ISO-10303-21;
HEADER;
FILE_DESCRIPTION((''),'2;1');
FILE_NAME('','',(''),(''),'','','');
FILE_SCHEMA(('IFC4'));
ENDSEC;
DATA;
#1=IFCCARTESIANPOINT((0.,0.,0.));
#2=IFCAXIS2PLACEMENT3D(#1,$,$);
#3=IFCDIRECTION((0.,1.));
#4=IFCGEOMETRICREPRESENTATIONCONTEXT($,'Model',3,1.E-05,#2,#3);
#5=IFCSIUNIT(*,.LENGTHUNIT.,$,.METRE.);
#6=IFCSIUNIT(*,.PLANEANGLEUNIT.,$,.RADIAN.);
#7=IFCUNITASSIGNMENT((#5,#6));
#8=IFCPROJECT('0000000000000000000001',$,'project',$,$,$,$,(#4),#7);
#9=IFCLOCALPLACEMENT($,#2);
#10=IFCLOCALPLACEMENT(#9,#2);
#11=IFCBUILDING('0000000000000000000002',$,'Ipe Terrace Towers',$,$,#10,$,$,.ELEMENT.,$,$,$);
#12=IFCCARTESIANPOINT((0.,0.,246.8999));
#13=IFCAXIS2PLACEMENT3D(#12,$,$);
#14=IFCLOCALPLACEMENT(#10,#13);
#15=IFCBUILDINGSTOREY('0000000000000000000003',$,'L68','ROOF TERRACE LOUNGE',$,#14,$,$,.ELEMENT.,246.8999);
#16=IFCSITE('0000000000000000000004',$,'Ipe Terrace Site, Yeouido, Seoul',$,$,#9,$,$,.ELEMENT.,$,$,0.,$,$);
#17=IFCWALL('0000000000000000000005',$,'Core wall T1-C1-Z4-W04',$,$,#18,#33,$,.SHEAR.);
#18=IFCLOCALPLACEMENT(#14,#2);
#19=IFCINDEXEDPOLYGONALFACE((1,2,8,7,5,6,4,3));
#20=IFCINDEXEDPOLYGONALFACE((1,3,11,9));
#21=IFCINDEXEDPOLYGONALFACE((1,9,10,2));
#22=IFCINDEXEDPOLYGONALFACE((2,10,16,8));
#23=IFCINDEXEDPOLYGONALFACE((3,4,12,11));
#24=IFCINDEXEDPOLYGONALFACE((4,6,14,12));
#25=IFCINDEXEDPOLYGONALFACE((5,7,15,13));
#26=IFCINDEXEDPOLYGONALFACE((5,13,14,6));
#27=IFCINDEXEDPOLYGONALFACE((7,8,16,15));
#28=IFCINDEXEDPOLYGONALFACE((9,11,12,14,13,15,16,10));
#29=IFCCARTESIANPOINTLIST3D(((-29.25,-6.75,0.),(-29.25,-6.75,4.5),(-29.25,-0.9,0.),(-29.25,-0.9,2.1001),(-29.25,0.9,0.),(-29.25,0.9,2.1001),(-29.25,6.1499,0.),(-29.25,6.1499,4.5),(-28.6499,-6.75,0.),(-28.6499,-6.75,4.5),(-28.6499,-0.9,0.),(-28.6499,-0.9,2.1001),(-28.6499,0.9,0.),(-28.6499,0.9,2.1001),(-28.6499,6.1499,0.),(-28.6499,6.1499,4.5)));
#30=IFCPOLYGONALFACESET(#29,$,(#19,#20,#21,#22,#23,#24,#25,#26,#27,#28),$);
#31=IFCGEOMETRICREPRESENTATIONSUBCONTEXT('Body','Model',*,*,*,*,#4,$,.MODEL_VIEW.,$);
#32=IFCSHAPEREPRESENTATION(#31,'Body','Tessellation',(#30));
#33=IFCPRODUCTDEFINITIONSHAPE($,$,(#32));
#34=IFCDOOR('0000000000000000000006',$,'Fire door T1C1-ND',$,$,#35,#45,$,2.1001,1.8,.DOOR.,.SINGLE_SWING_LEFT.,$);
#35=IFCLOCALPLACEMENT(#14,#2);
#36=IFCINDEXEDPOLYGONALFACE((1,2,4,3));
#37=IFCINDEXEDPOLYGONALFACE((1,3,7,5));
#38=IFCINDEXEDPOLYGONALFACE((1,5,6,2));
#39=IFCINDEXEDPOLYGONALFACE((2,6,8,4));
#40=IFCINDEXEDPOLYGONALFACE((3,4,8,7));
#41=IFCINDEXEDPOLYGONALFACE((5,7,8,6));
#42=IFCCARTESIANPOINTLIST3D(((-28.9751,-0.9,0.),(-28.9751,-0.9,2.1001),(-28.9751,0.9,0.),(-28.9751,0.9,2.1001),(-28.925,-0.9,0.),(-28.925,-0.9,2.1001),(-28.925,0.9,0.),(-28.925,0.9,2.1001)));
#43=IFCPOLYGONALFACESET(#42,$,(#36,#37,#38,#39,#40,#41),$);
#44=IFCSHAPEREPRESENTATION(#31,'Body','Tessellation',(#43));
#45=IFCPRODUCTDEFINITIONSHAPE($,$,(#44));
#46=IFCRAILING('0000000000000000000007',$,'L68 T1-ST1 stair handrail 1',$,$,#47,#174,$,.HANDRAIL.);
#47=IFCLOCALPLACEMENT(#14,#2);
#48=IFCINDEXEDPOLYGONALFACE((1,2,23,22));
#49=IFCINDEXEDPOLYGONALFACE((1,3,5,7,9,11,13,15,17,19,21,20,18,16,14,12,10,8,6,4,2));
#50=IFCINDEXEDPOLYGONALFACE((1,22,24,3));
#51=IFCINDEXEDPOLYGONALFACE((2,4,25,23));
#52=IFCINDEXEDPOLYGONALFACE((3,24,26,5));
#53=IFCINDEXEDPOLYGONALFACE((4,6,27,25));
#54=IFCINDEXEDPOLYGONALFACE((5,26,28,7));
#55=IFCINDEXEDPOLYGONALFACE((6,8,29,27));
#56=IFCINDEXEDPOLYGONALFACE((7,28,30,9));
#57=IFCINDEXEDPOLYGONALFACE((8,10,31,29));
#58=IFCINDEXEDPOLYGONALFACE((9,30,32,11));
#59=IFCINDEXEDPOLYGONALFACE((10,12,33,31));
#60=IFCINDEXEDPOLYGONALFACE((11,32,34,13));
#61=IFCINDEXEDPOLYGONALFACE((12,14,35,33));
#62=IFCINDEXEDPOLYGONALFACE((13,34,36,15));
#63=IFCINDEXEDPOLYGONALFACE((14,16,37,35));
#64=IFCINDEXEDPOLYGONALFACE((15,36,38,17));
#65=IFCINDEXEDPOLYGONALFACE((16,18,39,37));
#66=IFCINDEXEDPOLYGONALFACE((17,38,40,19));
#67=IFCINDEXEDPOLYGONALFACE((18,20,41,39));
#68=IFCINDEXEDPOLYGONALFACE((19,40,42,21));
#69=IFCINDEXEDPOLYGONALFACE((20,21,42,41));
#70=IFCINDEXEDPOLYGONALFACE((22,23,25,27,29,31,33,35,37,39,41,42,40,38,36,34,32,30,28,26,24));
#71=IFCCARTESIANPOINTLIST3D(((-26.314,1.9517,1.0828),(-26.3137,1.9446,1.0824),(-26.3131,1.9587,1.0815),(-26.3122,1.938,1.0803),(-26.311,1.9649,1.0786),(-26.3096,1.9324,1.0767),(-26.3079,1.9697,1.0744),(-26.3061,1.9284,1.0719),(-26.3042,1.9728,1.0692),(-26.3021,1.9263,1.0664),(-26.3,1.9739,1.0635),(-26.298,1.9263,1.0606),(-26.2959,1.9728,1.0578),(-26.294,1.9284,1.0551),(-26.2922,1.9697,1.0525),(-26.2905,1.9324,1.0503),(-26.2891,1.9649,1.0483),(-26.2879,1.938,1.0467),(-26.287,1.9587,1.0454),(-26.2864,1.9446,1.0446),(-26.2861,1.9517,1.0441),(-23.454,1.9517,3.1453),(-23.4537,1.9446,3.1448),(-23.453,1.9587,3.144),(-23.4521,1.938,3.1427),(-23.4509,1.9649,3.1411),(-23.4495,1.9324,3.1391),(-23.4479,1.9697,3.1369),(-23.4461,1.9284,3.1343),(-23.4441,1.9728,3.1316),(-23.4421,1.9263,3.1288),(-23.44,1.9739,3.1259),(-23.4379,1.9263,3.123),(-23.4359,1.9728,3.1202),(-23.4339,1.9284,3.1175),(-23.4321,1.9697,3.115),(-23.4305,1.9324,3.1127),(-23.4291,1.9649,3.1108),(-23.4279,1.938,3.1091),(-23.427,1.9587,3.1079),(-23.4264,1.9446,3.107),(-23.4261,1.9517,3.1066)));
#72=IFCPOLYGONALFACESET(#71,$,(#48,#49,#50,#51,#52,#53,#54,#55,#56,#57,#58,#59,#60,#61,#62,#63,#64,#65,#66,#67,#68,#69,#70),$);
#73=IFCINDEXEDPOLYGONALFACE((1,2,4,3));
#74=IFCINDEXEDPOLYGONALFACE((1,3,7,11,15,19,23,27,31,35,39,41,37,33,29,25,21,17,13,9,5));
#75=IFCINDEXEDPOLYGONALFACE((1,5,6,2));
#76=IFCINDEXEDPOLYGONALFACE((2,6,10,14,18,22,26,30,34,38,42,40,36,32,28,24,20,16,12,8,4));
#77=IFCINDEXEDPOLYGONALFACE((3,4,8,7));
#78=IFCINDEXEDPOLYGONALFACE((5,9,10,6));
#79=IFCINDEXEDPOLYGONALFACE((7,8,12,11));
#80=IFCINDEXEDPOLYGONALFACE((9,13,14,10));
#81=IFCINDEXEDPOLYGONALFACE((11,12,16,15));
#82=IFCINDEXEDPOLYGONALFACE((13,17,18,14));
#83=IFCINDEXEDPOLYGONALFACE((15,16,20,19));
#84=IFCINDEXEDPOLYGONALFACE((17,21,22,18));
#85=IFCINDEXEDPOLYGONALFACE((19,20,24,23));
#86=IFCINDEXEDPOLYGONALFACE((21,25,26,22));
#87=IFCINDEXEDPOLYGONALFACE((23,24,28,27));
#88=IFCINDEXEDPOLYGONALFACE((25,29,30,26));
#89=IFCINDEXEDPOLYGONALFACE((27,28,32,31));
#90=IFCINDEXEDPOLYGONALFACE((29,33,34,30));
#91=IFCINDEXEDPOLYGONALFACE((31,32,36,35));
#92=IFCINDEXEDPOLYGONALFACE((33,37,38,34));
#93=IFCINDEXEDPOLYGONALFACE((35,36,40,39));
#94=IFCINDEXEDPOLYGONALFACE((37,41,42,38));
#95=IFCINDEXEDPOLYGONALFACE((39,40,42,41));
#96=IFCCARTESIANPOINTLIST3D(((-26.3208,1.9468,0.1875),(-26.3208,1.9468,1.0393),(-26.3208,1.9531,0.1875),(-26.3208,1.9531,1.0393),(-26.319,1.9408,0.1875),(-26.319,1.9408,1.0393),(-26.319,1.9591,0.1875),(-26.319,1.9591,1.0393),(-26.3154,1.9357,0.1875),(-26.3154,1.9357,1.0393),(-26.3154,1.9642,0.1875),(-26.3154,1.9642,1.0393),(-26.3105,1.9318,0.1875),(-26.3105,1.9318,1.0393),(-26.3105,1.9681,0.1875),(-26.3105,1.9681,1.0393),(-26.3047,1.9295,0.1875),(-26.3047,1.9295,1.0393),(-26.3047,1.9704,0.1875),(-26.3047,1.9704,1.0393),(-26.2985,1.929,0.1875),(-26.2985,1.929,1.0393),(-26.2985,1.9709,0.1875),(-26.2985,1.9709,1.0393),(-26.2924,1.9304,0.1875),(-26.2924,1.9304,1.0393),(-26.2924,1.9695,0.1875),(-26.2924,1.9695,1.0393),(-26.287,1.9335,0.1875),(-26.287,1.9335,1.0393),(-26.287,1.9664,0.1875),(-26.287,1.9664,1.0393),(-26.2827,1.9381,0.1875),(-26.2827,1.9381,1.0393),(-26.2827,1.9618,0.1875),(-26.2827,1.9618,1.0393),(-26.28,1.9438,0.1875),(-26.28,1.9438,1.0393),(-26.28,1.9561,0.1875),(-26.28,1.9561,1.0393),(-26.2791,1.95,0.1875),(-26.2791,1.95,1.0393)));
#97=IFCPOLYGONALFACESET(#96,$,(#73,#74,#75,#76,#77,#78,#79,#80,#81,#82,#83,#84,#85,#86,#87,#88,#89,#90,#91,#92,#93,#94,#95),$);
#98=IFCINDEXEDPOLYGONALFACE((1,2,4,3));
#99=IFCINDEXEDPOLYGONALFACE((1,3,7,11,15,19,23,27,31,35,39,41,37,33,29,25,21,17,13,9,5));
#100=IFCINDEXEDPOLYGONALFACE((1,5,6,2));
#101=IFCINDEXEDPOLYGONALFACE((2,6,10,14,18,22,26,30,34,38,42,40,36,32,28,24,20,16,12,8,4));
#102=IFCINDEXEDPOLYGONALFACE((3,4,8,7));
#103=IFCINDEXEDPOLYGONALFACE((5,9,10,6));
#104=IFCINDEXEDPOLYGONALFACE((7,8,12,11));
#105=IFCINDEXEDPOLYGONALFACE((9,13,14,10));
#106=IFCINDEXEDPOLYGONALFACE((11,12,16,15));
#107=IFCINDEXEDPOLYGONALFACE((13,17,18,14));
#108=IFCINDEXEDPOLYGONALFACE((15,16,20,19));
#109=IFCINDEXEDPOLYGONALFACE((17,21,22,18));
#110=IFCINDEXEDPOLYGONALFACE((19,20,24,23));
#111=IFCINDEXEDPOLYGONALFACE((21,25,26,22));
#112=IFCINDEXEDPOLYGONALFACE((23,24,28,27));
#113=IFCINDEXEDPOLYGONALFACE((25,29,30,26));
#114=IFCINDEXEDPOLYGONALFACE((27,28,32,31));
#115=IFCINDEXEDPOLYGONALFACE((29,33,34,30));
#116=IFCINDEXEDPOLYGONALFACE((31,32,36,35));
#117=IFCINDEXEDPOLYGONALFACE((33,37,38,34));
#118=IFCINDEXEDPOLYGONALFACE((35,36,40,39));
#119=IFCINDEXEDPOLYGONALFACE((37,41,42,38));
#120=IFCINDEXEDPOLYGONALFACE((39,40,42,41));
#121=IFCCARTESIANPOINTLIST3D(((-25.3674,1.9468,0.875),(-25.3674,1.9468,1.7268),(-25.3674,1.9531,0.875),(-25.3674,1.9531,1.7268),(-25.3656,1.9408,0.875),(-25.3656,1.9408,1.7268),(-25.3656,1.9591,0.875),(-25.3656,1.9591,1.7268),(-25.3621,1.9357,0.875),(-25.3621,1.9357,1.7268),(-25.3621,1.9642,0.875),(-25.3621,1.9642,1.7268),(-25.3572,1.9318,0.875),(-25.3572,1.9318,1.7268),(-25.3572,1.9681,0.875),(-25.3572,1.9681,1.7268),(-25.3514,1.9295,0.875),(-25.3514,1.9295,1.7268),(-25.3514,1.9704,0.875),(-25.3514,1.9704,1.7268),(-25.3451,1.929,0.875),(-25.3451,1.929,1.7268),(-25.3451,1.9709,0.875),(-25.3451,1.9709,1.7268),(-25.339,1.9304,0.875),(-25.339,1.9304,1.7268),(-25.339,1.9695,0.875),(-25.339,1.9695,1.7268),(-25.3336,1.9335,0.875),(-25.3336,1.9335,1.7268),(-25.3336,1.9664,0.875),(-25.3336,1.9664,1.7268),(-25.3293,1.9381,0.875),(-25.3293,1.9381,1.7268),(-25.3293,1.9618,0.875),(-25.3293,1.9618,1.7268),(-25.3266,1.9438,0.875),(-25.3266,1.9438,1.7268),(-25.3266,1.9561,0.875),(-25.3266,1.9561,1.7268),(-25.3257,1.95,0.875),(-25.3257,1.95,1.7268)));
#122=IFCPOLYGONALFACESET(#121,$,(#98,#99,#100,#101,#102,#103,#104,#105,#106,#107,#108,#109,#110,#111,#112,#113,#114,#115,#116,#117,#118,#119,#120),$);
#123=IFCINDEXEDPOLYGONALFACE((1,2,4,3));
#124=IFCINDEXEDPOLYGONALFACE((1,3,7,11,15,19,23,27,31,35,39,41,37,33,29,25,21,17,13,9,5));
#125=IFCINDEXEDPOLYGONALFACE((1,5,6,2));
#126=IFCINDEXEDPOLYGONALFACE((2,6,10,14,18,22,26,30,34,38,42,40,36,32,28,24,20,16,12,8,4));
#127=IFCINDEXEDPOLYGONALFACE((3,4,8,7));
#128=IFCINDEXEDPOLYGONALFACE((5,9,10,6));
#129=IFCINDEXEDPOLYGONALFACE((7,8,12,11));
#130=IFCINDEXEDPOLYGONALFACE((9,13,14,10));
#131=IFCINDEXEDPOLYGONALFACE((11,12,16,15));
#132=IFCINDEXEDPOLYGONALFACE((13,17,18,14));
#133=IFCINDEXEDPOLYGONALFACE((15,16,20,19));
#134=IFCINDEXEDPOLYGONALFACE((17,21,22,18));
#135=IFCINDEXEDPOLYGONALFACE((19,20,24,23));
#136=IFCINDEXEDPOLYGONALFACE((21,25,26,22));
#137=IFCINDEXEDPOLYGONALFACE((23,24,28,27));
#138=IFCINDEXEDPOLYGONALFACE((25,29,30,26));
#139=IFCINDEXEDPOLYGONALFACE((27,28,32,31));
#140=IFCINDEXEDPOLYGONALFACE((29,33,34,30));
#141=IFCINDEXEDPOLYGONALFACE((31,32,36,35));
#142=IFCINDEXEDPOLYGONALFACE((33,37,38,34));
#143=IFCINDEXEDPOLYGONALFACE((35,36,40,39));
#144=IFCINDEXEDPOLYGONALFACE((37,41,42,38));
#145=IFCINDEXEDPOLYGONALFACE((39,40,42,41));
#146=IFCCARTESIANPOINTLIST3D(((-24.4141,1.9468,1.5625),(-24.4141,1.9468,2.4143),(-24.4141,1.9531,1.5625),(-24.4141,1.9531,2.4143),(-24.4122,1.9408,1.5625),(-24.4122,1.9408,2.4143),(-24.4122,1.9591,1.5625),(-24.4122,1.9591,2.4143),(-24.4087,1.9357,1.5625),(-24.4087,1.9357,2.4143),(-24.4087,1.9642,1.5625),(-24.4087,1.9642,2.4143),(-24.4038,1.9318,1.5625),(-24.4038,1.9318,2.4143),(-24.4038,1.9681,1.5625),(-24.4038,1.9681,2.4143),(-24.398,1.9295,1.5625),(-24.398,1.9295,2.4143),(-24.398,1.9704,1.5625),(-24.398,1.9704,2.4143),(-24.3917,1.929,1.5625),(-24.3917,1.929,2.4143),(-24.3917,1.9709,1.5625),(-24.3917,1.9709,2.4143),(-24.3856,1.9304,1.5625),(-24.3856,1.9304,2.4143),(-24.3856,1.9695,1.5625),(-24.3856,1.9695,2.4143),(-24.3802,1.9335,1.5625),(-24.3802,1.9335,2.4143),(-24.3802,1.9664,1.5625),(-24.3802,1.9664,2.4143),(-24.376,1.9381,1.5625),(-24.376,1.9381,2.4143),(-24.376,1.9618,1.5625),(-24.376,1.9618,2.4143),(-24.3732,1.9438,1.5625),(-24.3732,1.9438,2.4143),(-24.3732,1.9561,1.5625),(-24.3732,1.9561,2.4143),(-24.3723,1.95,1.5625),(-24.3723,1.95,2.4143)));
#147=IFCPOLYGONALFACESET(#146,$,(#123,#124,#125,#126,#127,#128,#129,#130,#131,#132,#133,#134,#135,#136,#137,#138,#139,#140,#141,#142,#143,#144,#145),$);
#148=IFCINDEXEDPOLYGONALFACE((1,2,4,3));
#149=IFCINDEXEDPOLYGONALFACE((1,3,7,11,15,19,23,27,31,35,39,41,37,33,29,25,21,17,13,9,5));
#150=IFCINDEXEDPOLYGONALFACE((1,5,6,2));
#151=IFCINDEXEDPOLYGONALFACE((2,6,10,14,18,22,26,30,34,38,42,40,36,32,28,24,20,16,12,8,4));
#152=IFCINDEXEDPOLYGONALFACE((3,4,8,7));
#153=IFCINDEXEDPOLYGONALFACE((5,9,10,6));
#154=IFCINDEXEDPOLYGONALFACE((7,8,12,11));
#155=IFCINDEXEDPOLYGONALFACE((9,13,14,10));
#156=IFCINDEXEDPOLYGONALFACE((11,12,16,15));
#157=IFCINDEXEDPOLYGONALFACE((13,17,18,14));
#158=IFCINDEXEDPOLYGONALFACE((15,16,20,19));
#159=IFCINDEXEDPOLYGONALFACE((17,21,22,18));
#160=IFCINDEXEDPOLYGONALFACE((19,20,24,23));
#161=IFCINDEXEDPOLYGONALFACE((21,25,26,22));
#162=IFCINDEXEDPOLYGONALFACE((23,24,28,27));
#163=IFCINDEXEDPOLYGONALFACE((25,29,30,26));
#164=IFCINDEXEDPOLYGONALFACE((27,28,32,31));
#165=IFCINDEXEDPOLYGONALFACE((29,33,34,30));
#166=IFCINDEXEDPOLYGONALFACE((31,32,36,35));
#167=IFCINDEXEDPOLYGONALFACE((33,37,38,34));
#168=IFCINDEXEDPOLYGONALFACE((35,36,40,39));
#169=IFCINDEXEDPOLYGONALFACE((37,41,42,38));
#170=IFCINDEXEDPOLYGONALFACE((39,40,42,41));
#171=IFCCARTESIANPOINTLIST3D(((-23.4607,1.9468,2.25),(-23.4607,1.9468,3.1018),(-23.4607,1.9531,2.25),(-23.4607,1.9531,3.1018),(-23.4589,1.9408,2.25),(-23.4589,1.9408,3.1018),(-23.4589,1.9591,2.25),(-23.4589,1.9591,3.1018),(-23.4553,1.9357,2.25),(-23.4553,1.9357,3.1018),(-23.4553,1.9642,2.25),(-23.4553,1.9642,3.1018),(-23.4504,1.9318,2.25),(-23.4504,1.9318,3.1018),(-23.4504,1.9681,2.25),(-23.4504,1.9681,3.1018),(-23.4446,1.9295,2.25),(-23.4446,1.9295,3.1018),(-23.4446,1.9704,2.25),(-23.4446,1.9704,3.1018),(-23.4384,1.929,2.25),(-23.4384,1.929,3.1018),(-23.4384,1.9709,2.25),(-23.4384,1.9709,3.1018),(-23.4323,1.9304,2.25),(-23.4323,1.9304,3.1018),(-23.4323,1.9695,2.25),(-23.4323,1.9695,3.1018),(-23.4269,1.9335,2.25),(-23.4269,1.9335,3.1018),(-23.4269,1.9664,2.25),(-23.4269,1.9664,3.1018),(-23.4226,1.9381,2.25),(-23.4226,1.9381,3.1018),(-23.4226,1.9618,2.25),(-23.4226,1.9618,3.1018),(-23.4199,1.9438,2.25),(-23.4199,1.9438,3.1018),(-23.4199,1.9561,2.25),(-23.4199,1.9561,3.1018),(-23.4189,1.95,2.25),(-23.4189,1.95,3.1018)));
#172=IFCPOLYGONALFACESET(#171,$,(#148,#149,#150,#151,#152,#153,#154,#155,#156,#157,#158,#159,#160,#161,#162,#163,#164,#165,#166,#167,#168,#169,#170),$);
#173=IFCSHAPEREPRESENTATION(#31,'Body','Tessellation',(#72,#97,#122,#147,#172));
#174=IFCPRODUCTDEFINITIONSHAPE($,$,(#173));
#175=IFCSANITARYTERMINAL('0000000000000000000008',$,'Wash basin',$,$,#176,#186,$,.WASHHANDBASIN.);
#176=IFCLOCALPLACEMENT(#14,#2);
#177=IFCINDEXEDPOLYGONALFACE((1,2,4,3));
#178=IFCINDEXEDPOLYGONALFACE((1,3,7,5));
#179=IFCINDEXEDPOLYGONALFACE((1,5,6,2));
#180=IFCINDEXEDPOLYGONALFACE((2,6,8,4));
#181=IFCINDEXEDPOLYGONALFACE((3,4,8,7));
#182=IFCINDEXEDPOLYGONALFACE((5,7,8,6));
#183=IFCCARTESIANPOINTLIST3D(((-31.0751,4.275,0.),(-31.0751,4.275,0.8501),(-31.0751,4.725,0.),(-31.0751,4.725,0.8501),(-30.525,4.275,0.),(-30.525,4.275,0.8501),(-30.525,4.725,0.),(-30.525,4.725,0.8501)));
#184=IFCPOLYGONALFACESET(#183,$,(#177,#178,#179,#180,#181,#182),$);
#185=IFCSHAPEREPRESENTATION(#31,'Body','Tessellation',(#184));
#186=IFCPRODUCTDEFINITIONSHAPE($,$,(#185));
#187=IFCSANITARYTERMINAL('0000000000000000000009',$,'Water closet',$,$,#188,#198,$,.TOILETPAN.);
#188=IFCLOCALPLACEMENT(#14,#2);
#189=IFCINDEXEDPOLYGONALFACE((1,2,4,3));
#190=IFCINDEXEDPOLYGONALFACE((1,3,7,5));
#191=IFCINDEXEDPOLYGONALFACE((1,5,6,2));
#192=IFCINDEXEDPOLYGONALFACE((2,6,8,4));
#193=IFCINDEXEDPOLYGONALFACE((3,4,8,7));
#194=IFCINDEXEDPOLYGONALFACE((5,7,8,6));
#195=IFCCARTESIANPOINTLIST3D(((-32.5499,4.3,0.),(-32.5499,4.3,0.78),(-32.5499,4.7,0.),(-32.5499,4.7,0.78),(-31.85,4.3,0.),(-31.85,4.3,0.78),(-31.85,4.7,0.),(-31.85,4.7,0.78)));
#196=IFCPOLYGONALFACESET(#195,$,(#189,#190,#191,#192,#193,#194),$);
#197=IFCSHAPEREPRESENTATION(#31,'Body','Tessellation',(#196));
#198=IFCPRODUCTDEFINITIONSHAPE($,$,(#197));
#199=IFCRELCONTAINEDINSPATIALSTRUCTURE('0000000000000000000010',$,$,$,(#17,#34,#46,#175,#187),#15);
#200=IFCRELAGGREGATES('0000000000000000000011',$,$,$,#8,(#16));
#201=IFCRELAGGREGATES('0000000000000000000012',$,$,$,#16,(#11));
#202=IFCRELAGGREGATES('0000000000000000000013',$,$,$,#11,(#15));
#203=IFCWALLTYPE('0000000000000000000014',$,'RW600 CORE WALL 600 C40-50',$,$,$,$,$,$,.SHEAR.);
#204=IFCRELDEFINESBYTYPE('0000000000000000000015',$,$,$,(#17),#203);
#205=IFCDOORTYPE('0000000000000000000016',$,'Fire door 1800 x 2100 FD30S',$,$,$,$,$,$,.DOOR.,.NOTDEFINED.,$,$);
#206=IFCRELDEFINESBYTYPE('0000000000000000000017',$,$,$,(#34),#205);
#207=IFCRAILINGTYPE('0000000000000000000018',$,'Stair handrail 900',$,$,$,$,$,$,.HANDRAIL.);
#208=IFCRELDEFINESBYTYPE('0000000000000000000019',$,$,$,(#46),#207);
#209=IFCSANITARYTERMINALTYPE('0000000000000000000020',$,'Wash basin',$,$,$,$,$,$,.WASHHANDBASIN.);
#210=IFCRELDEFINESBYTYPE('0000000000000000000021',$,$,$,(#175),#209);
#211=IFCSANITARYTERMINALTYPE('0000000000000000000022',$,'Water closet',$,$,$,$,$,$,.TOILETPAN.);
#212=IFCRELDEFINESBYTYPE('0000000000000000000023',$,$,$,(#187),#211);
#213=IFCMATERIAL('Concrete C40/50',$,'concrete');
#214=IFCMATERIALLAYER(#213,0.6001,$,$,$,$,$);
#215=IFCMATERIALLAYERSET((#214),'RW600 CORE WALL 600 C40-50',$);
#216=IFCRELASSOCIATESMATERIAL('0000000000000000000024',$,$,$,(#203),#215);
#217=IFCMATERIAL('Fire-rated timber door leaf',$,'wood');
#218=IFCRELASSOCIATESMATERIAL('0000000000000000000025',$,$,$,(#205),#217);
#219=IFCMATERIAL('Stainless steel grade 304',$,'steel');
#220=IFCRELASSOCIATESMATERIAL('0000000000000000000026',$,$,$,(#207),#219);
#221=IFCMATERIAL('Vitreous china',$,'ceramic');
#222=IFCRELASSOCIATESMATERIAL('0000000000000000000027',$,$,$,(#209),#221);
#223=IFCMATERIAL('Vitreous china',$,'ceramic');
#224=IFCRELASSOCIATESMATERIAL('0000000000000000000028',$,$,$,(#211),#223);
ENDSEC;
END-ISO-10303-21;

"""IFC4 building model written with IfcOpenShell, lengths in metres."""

from ifc_helpers import new_model, si_unit, direction, frame, frame_2d, origin, origin_2d, place, context, subcontext, project, spatial, rectangle, circle, extrude, material, layer, layer_set, type_object, element, fill, save


model = new_model("IFC4")

# Units and contexts
model_context = context("Model", 3, precision=1e-05, world=origin(), true_north=direction((0.0, 1.0)))
body_context = subcontext(model_context, "Body", "Model", "MODEL_VIEW")
ifc_project = project(units=[si_unit("LENGTHUNIT", "METRE"), si_unit("PLANEANGLEUNIT", "RADIAN")], contexts=[model_context])

# Site, building, storey
site_placement = place(None, origin())
site = spatial("IfcSite", under=ifc_project, at=site_placement, Name="Ipe Terrace Site, Yeouido, Seoul", CompositionType="ELEMENT", RefElevation=0.0)
building_placement = place(site_placement, origin())
building = spatial("IfcBuilding", under=site, at=building_placement, Name="Ipe Terrace Towers", CompositionType="ELEMENT")
storey_placement = place(building_placement, frame((0.0, 0.0, 246.8999)))
storey = spatial("IfcBuildingStorey", under=building, at=storey_placement, Name="L68", Description="ROOF TERRACE LOUNGE", CompositionType="ELEMENT", Elevation=246.8999)

# Shared definitions
ifc_material_1 = material(Name="Concrete C40/50", Category="concrete")
ifc_layer_1 = layer(ifc_material_1, 0.6001)
ifc_layer_set_1 = layer_set([ifc_layer_1], Name="RW600 CORE WALL 600 C40-50")
wall_type_1 = type_object("IfcWallType", Name="RW600 CORE WALL 600 C40-50", PredefinedType="SHEAR", material=ifc_layer_set_1)

# Wall, opening, door
wall_1_placement = place(storey_placement, frame((-28.95, 6.1499, 0.0), z_axis=(0.0, 0.0, 1.0), x_axis=(0.0, -1.0, 0.0)))
wall_1 = element("IfcWall", 1, at=wall_1_placement, inside=storey, type_object=wall_type_1, Name="Core wall T1-C1-Z4-W04", PredefinedType="SHEAR", context=body_context, shape_type="SweptSolid", body=[
    extrude(rectangle(XDim=12.8999, YDim=0.6001, at=frame_2d((6.45, 0.0))), origin(), (0.0, 0.0, 1.0), 4.5),
])
opening_1_placement = place(wall_1_placement, frame((5.25, 0.0, 0.0)))
opening_1 = element("IfcOpeningElement", 2, at=opening_1_placement, cuts=wall_1, PredefinedType="OPENING", context=body_context, shape_type="SweptSolid", body=[
    extrude(rectangle(XDim=1.8, YDim=2.1001, at=frame_2d((0.8999, 1.05))), frame((0.0, 0.3101, 0.0), z_axis=(0.0, -1.0, 0.0), x_axis=(1.0, 0.0, 0.0)), (0.0, 0.0, 1.0), 0.6201),
])
ifc_material_2 = material(Name="Fire-rated timber door leaf", Category="wood")
door_type_1 = type_object("IfcDoorType", Name="Fire door 1800 x 2100 FD30S", OperationType="NOTDEFINED", PredefinedType="DOOR", material=ifc_material_2)
door_1_placement = place(opening_1_placement, origin())
door_1 = element("IfcDoor", 3, at=door_1_placement, inside=storey, type_object=door_type_1, Name="Fire door T1C1-ND", OperationType="SINGLE_SWING_LEFT", OverallHeight=2.1001, OverallWidth=1.8, PredefinedType="DOOR", context=body_context, shape_type="SweptSolid", body=[
    extrude(rectangle(XDim=1.8, YDim=2.1001, at=frame_2d((0.8999, 1.05))), frame((0.0, 0.0249, 0.0), z_axis=(0.0, -1.0, 0.0), x_axis=(1.0, 0.0, 0.0)), (0.0, 0.0, 1.0), 0.05),
])
fill(opening_1, door_1)

# Railing
ifc_material_3 = material(Name="Stainless steel grade 304", Category="steel")
railing_type_1 = type_object("IfcRailingType", Name="Stair handrail 900", PredefinedType="HANDRAIL", material=ifc_material_3)
railing_1_placement = place(storey_placement, frame((-26.3, 1.95, 0.1875)))
element("IfcRailing", 4, at=railing_1_placement, inside=storey, type_object=railing_type_1, Name="L68 T1-ST1 stair handrail 1", PredefinedType="HANDRAIL", context=body_context, shape_type="SweptSolid", body=[
    extrude(circle(Radius=0.0239, at=origin_2d()), frame((0.0, 0.0, 0.876), z_axis=(0.811101, 0.0, 0.584906), x_axis=(0.0, 1.0, 0.0)), (0.0, 0.0, 1.0), 3.5261),
    extrude(circle(Radius=0.021, at=origin_2d()), origin(), (0.0, 0.0, 1.0), 0.8518),
    extrude(circle(Radius=0.021, at=origin_2d()), frame((0.9534, 0.0, 0.6875)), (0.0, 0.0, 1.0), 0.8518),
    extrude(circle(Radius=0.021, at=origin_2d()), frame((1.9067, 0.0, 1.375)), (0.0, 0.0, 1.0), 0.8518),
    extrude(circle(Radius=0.021, at=origin_2d()), frame((2.8601, 0.0, 2.0625)), (0.0, 0.0, 1.0), 0.8518),
])

# Sanitary terminals
ifc_material_4 = material(Name="Vitreous china", Category="ceramic")
sanitary_terminal_type_1 = type_object("IfcSanitaryTerminalType", Name="Wash basin", PredefinedType="WASHHANDBASIN", material=ifc_material_4)
sanitary_terminal_1_placement = place(storey_placement, frame((-30.8, 4.5, 0.0), z_axis=(0.0, 0.0, 1.0), x_axis=(1.0, 0.0, 0.0)))
element("IfcSanitaryTerminal", 5, at=sanitary_terminal_1_placement, inside=storey, type_object=sanitary_terminal_type_1, Name="Wash basin", PredefinedType="WASHHANDBASIN", context=body_context, shape_type="SweptSolid", body=[
    extrude(rectangle(XDim=0.55, YDim=0.45, at=origin_2d()), origin(), (0.0, 0.0, 1.0), 0.8501),
])
ifc_material_5 = material(Name="Vitreous china", Category="ceramic")
sanitary_terminal_type_2 = type_object("IfcSanitaryTerminalType", Name="Water closet", PredefinedType="TOILETPAN", material=ifc_material_5)
sanitary_terminal_2_placement = place(storey_placement, frame((-32.2, 4.5, 0.0), z_axis=(0.0, 0.0, 1.0), x_axis=(1.0, 0.0, 0.0)))
element("IfcSanitaryTerminal", 6, at=sanitary_terminal_2_placement, inside=storey, type_object=sanitary_terminal_type_2, Name="Water closet", PredefinedType="TOILETPAN", context=body_context, shape_type="SweptSolid", body=[
    extrude(rectangle(XDim=0.7, YDim=0.3999, at=origin_2d()), origin(), (0.0, 0.0, 1.0), 0.78),
])

save(model, "model.ifc")
